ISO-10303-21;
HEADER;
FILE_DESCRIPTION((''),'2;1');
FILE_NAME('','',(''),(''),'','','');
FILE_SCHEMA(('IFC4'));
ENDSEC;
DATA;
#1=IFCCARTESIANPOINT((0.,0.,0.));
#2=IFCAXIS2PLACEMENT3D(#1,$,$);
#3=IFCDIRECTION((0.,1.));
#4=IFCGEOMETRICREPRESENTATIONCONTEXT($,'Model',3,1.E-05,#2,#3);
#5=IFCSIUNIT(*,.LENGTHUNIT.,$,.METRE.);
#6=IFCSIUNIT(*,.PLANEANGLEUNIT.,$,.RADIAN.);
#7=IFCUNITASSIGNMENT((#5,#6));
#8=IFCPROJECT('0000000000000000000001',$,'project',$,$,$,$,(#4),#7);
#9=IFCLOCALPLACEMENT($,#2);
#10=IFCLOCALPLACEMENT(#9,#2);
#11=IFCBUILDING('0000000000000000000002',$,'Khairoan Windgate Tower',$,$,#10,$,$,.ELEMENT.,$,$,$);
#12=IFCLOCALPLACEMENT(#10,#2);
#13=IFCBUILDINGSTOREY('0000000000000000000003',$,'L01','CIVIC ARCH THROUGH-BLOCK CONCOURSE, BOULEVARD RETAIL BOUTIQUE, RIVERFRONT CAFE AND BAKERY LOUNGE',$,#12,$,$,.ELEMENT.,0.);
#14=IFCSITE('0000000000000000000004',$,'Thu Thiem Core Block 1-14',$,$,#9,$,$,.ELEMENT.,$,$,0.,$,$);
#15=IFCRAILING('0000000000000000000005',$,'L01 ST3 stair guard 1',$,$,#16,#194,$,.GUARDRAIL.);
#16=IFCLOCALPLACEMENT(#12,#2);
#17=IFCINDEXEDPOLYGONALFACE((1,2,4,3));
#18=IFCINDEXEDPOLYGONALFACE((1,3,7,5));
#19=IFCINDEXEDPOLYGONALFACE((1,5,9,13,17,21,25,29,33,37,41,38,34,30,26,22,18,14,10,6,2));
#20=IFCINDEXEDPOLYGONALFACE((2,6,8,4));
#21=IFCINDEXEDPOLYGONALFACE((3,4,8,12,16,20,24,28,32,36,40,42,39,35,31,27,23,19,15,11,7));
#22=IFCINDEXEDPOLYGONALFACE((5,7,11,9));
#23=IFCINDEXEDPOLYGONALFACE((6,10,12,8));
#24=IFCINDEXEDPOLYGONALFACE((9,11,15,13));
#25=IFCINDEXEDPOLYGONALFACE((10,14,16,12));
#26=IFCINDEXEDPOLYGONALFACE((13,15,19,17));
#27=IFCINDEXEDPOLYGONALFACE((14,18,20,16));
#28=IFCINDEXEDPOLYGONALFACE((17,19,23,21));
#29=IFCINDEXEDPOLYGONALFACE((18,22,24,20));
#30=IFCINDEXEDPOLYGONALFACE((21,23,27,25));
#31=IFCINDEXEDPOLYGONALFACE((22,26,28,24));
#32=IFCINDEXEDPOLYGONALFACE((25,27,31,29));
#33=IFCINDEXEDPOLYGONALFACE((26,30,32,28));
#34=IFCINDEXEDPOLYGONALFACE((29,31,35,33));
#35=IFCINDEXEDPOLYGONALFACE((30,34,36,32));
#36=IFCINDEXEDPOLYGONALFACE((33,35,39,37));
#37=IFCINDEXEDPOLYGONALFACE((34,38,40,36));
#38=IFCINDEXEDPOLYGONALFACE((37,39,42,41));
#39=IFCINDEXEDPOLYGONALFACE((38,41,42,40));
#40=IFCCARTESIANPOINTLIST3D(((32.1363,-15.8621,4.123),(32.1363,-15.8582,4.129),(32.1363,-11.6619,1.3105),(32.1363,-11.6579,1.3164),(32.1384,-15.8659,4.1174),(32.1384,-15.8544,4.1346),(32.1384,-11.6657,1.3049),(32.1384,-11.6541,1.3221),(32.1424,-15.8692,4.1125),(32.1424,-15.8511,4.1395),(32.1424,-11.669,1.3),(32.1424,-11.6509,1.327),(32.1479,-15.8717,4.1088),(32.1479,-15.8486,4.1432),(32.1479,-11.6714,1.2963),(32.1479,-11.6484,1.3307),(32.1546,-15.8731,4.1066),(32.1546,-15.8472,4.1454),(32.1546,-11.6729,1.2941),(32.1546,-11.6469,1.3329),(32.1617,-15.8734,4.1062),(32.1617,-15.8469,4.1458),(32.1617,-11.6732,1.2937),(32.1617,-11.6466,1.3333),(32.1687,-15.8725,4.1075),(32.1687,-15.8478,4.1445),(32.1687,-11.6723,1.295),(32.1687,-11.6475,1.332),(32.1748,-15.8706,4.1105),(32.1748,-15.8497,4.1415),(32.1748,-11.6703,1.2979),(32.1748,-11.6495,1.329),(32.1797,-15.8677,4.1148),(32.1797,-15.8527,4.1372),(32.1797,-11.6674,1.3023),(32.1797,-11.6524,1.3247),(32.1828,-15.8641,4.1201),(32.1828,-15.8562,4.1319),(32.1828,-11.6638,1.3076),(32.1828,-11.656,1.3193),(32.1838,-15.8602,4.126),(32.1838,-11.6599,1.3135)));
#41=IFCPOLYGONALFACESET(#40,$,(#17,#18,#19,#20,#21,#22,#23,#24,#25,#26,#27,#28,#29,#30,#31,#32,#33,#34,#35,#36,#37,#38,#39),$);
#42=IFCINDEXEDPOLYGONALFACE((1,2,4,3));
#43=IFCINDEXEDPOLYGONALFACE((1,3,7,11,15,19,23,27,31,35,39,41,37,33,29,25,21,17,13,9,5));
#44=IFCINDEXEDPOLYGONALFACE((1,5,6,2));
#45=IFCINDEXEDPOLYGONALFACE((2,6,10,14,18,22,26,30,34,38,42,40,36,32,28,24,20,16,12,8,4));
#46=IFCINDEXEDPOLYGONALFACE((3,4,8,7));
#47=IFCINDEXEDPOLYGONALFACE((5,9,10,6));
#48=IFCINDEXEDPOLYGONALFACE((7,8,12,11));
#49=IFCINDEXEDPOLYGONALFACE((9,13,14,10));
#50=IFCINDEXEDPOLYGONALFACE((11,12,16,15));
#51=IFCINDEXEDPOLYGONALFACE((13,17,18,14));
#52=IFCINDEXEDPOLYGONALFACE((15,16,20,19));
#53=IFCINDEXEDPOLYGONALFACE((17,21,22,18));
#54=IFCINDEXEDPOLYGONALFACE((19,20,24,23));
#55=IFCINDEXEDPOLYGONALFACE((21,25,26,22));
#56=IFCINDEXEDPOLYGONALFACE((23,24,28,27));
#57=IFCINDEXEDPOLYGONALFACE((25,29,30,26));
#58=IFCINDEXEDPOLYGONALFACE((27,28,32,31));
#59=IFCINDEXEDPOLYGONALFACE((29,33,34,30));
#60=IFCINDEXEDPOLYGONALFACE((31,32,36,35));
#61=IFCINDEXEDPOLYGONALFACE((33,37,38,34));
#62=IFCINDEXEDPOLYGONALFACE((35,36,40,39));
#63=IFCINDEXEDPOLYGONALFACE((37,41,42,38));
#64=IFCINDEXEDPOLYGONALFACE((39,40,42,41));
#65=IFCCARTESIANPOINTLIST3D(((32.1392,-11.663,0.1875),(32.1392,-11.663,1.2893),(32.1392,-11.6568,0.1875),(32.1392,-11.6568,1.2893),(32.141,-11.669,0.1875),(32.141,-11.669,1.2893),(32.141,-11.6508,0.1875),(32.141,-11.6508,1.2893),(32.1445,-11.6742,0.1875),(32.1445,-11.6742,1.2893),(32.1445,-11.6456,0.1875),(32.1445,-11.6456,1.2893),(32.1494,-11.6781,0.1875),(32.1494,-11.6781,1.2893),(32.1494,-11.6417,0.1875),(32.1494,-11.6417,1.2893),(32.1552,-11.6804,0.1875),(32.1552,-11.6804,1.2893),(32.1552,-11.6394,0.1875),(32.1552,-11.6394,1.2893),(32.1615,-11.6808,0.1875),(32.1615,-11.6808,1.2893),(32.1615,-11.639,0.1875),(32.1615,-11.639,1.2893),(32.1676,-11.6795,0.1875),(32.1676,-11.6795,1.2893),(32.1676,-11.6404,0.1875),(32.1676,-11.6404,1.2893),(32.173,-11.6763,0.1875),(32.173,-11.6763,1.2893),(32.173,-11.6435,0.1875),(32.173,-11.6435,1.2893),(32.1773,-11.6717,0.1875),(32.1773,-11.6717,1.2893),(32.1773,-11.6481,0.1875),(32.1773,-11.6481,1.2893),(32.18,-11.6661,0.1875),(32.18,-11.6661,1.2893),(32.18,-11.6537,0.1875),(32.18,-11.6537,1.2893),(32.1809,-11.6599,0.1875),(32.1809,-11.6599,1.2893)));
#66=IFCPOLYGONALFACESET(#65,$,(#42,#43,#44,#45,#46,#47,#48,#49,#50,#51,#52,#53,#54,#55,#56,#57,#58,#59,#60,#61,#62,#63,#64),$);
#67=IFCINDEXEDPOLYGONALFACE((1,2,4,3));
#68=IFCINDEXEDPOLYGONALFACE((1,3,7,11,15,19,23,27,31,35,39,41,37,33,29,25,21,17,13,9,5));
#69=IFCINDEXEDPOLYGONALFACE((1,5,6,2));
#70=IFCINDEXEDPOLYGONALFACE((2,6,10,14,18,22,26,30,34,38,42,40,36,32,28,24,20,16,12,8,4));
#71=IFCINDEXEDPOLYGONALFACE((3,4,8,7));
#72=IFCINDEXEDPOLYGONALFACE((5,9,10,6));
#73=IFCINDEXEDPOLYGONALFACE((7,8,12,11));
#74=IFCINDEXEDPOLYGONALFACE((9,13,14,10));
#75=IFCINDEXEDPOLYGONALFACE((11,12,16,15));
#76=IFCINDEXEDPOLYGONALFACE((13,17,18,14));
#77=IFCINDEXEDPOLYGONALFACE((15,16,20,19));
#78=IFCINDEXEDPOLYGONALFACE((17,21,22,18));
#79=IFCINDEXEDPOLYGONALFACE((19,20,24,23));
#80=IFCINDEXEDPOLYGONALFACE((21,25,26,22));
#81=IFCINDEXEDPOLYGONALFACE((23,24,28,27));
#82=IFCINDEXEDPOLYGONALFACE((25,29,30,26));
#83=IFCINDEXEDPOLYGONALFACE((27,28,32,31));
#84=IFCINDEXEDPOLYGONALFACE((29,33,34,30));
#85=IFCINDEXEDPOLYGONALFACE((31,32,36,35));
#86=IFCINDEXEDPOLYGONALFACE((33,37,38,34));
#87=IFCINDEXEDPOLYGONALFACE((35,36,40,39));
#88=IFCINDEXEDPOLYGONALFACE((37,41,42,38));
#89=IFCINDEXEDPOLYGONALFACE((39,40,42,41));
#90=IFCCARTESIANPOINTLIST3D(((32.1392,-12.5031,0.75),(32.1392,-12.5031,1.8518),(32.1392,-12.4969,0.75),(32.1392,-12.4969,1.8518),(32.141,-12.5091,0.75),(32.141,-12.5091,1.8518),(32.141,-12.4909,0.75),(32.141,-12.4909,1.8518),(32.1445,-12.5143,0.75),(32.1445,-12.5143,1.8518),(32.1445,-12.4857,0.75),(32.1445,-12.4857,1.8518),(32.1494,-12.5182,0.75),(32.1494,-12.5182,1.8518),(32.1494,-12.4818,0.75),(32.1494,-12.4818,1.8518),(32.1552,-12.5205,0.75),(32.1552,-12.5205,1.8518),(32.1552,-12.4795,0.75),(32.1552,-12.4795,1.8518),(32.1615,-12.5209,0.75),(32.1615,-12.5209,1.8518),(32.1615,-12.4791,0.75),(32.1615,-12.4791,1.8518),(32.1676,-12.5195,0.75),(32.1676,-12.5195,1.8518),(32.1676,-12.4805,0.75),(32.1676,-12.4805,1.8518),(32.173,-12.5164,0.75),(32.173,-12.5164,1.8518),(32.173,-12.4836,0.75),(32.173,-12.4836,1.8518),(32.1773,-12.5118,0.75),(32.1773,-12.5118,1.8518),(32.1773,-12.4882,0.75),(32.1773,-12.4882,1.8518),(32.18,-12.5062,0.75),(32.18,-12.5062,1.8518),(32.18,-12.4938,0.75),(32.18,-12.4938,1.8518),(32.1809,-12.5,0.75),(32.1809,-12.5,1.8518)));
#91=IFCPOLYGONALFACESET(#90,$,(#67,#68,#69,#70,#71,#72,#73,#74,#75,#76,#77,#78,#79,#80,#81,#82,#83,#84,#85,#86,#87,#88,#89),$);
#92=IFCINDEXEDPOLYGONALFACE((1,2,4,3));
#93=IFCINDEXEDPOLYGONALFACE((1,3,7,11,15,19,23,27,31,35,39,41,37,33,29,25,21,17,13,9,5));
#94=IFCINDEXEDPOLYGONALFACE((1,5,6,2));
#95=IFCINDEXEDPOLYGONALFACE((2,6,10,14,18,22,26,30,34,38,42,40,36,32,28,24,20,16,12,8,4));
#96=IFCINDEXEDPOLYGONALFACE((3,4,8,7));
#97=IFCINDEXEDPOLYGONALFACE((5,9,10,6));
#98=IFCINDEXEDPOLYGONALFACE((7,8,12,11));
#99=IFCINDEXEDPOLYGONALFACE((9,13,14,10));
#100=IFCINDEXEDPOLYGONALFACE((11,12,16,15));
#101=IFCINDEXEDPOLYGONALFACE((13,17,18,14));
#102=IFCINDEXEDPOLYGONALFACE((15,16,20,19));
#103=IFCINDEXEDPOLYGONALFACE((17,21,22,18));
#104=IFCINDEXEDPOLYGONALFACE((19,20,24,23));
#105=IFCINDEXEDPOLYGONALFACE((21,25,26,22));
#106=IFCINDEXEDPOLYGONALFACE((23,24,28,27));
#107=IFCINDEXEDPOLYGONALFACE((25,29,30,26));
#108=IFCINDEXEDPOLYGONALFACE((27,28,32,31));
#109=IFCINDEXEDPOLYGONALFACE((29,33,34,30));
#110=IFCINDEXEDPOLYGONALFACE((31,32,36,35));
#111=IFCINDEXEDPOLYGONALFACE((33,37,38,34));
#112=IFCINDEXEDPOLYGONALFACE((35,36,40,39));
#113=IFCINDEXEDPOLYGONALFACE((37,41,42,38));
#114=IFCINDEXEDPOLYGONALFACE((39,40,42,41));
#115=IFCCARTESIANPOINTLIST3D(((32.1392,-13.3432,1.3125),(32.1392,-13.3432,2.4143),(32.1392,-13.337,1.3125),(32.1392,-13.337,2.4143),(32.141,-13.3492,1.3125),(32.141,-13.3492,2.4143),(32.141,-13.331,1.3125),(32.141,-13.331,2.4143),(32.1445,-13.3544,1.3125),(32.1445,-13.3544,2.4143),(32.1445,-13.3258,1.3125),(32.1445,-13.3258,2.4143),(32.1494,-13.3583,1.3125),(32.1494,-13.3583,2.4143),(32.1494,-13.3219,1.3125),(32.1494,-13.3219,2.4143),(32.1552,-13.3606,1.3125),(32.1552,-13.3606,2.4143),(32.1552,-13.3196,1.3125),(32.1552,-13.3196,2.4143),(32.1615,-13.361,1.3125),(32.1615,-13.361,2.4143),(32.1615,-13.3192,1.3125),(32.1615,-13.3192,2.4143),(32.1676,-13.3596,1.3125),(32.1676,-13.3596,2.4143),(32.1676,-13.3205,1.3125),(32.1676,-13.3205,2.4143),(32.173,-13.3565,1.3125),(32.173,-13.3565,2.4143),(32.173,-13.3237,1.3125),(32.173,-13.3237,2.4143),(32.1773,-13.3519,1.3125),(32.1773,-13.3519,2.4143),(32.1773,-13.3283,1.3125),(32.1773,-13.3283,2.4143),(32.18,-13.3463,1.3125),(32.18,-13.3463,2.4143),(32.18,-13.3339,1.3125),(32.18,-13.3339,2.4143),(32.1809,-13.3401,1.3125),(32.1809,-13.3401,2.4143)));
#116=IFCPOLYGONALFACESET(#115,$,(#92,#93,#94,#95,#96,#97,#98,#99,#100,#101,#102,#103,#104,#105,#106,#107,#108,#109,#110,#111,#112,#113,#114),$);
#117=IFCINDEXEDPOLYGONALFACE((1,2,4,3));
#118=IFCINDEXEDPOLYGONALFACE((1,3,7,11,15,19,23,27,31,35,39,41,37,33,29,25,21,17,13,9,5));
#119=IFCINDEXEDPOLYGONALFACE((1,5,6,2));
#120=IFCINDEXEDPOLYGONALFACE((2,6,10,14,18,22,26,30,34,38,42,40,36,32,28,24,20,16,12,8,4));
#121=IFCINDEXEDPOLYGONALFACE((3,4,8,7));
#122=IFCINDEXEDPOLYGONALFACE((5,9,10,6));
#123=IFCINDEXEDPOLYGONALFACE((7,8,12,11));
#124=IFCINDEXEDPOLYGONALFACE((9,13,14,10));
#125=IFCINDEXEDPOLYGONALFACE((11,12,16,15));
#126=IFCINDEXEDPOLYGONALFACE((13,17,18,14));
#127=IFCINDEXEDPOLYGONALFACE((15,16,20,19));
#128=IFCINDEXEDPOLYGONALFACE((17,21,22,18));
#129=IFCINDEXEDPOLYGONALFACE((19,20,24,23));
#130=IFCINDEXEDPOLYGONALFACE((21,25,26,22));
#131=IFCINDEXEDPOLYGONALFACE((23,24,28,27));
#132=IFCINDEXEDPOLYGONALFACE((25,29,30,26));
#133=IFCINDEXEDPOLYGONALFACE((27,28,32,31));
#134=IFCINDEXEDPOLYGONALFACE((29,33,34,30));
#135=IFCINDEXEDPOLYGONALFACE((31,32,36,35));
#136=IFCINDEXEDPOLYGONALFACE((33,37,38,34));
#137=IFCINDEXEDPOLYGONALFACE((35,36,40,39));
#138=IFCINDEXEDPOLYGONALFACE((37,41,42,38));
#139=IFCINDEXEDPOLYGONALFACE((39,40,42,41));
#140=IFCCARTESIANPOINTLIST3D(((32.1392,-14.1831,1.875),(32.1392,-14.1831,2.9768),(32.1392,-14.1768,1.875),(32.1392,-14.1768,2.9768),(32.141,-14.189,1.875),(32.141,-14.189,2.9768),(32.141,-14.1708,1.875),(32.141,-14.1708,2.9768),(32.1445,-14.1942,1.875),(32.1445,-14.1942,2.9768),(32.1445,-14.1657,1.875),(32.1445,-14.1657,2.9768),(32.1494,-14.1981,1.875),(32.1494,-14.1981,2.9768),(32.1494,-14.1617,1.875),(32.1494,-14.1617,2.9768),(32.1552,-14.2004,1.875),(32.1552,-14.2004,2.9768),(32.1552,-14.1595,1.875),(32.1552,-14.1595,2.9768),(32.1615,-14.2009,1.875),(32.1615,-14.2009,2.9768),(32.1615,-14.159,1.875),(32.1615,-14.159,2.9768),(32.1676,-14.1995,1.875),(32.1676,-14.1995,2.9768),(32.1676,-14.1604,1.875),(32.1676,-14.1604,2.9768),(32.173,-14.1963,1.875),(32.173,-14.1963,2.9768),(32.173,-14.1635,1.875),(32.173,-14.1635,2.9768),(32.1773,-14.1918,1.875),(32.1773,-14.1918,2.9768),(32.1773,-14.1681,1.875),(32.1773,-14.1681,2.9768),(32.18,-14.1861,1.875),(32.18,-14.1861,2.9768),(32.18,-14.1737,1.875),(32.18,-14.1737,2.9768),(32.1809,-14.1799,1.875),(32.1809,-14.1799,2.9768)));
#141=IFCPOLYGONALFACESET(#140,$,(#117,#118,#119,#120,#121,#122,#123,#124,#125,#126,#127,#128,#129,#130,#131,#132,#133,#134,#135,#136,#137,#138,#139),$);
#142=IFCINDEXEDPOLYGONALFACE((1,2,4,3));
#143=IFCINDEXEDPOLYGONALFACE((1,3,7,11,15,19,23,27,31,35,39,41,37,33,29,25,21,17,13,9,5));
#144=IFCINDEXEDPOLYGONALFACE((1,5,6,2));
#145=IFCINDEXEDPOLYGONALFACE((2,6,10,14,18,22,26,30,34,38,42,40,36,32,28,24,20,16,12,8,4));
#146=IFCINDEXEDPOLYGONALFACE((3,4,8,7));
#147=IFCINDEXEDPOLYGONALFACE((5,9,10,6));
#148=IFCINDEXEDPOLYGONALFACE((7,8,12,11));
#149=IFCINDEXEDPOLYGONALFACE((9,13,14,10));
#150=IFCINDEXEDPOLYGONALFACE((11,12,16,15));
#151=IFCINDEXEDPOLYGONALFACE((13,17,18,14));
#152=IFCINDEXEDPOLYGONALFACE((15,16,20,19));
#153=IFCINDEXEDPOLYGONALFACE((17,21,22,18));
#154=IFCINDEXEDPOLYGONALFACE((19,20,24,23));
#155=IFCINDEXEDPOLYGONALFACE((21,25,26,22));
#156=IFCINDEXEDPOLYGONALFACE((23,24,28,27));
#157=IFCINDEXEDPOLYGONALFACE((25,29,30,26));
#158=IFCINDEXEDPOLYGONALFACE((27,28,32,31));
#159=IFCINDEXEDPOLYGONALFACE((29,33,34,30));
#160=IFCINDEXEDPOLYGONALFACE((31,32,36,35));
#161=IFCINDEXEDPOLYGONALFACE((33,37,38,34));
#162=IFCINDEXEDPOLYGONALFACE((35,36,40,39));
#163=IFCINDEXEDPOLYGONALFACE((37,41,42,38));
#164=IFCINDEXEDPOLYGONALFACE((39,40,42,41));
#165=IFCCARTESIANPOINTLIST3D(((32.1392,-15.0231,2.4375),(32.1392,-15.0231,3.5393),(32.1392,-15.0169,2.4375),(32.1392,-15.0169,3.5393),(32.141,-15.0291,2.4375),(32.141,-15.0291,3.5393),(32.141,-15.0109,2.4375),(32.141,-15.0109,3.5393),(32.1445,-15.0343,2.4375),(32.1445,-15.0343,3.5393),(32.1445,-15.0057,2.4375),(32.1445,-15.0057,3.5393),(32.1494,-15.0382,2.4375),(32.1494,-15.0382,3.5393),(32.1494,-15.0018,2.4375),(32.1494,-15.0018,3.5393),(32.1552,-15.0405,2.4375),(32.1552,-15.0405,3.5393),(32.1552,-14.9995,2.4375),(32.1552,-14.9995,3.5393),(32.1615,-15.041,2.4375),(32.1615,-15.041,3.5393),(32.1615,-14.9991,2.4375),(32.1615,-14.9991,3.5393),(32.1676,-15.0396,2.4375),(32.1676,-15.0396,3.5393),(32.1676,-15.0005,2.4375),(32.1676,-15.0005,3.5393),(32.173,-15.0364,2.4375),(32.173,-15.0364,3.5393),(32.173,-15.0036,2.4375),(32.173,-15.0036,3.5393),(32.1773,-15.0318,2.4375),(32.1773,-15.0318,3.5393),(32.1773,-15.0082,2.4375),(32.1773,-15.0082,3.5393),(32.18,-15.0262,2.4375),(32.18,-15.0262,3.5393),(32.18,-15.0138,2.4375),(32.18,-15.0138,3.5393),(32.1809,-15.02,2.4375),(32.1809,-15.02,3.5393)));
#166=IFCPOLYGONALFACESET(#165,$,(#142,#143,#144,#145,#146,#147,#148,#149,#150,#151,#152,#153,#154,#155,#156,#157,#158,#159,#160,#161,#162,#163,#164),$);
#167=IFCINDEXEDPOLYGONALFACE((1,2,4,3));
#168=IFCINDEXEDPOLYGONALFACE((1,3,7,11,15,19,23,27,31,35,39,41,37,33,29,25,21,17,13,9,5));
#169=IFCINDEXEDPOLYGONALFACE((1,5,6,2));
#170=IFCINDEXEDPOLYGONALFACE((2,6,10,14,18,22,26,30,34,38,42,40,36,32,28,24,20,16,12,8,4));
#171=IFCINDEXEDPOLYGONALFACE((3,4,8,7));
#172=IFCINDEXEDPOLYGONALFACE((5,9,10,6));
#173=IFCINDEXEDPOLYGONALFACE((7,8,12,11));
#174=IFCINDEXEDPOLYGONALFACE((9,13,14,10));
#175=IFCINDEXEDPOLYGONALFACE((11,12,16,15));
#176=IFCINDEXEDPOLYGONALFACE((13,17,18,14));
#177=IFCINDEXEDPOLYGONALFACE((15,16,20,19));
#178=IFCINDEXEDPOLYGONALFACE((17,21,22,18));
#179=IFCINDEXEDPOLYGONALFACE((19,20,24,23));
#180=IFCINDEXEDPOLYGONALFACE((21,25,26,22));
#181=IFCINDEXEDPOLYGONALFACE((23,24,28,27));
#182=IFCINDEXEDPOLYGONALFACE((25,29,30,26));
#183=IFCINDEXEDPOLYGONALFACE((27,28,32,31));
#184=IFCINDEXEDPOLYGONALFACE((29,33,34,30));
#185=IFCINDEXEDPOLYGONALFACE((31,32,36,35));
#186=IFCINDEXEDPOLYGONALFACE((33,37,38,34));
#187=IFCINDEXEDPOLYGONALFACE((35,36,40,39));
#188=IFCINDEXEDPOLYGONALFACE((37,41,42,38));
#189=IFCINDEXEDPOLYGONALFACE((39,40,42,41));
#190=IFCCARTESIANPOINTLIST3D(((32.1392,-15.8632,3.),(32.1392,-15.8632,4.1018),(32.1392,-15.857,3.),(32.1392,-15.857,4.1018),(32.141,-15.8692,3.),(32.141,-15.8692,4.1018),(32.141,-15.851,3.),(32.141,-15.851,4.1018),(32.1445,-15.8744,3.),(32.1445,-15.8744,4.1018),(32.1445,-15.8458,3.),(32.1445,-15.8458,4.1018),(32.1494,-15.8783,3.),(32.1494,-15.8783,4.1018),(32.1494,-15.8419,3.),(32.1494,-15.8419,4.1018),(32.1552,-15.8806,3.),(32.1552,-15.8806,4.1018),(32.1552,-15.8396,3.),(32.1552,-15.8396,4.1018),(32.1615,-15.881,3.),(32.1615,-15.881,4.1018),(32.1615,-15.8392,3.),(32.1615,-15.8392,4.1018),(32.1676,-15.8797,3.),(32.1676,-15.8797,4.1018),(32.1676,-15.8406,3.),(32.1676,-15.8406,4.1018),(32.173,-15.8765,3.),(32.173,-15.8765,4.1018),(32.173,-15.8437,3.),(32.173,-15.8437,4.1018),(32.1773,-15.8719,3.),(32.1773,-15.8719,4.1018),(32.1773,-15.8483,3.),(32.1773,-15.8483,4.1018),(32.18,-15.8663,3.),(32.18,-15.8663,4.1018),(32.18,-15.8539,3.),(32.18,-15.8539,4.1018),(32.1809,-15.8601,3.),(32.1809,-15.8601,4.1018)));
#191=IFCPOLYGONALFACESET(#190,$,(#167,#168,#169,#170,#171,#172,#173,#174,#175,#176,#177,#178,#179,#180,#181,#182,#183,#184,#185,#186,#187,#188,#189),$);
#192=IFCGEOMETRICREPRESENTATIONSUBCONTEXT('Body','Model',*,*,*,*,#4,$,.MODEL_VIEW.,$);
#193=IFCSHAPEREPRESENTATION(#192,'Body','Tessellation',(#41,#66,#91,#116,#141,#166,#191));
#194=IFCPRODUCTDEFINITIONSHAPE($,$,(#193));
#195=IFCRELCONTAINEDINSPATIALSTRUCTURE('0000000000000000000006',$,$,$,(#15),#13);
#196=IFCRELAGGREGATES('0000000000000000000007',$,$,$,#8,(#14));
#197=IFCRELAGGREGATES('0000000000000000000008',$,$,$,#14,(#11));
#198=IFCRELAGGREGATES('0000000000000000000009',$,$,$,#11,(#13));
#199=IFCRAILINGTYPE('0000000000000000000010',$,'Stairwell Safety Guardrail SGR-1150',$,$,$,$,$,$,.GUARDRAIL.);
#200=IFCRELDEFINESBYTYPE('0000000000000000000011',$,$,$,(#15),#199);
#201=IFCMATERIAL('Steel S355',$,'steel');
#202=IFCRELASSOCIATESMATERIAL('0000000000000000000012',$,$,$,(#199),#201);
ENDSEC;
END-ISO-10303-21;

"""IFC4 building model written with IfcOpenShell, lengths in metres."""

from ifc_helpers import new_model, si_unit, direction, frame, origin, origin_2d, place, context, subcontext, project, spatial, circle, extrude, material, type_object, element, save


model = new_model("IFC4")

# Units and contexts
model_context = context("Model", 3, precision=1e-05, world=origin(), true_north=direction((0.0, 1.0)))
body_context = subcontext(model_context, "Body", "Model", "MODEL_VIEW")
ifc_project = project(units=[si_unit("LENGTHUNIT", "METRE"), si_unit("PLANEANGLEUNIT", "RADIAN")], contexts=[model_context])

# Site, building, storey
site_placement = place(None, origin())
site = spatial("IfcSite", under=ifc_project, at=site_placement, Name="Thu Thiem Core Block 1-14", CompositionType="ELEMENT", RefElevation=0.0)
building_placement = place(site_placement, origin())
building = spatial("IfcBuilding", under=site, at=building_placement, Name="Khairoan Windgate Tower", CompositionType="ELEMENT")
storey_placement = place(building_placement, origin())
storey = spatial("IfcBuildingStorey", under=building, at=storey_placement, Name="L01", Description="CIVIC ARCH THROUGH-BLOCK CONCOURSE, BOULEVARD RETAIL BOUTIQUE, RIVERFRONT CAFE AND BAKERY LOUNGE", CompositionType="ELEMENT", Elevation=0.0)

# Railing
ifc_material_1 = material(Name="Steel S355", Category="steel")
railing_type_1 = type_object("IfcRailingType", Name="Stairwell Safety Guardrail SGR-1150", PredefinedType="GUARDRAIL", material=ifc_material_1)
railing_1_placement = place(storey_placement, frame((32.1599, -11.6599, 0.1875)))
element("IfcRailing", 1, at=railing_1_placement, inside=storey, type_object=railing_type_1, Name="L01 ST3 stair guard 1", PredefinedType="GUARDRAIL", context=body_context, shape_type="SweptSolid", body=[
    extrude(circle(Radius=0.0239, at=origin_2d()), frame((0.0, 0.0, 1.126), z_axis=(0.0, -0.830919, 0.556393), x_axis=(1.0, 0.0, 0.0)), (0.0, 0.0, 1.0), 5.0549),
    extrude(circle(Radius=0.021, at=origin_2d()), origin(), (0.0, 0.0, 1.0), 1.1018),
    extrude(circle(Radius=0.021, at=origin_2d()), frame((0.0, -0.8401, 0.5625)), (0.0, 0.0, 1.0), 1.1018),
    extrude(circle(Radius=0.021, at=origin_2d()), frame((0.0, -1.6802, 1.125)), (0.0, 0.0, 1.0), 1.1018),
    extrude(circle(Radius=0.021, at=origin_2d()), frame((0.0, -2.52, 1.6875)), (0.0, 0.0, 1.0), 1.1018),
    extrude(circle(Radius=0.021, at=origin_2d()), frame((0.0, -3.3601, 2.25)), (0.0, 0.0, 1.0), 1.1018),
    extrude(circle(Radius=0.021, at=origin_2d()), frame((0.0, -4.2002, 2.8125)), (0.0, 0.0, 1.0), 1.1018),
])

save(model, "model.ifc")
